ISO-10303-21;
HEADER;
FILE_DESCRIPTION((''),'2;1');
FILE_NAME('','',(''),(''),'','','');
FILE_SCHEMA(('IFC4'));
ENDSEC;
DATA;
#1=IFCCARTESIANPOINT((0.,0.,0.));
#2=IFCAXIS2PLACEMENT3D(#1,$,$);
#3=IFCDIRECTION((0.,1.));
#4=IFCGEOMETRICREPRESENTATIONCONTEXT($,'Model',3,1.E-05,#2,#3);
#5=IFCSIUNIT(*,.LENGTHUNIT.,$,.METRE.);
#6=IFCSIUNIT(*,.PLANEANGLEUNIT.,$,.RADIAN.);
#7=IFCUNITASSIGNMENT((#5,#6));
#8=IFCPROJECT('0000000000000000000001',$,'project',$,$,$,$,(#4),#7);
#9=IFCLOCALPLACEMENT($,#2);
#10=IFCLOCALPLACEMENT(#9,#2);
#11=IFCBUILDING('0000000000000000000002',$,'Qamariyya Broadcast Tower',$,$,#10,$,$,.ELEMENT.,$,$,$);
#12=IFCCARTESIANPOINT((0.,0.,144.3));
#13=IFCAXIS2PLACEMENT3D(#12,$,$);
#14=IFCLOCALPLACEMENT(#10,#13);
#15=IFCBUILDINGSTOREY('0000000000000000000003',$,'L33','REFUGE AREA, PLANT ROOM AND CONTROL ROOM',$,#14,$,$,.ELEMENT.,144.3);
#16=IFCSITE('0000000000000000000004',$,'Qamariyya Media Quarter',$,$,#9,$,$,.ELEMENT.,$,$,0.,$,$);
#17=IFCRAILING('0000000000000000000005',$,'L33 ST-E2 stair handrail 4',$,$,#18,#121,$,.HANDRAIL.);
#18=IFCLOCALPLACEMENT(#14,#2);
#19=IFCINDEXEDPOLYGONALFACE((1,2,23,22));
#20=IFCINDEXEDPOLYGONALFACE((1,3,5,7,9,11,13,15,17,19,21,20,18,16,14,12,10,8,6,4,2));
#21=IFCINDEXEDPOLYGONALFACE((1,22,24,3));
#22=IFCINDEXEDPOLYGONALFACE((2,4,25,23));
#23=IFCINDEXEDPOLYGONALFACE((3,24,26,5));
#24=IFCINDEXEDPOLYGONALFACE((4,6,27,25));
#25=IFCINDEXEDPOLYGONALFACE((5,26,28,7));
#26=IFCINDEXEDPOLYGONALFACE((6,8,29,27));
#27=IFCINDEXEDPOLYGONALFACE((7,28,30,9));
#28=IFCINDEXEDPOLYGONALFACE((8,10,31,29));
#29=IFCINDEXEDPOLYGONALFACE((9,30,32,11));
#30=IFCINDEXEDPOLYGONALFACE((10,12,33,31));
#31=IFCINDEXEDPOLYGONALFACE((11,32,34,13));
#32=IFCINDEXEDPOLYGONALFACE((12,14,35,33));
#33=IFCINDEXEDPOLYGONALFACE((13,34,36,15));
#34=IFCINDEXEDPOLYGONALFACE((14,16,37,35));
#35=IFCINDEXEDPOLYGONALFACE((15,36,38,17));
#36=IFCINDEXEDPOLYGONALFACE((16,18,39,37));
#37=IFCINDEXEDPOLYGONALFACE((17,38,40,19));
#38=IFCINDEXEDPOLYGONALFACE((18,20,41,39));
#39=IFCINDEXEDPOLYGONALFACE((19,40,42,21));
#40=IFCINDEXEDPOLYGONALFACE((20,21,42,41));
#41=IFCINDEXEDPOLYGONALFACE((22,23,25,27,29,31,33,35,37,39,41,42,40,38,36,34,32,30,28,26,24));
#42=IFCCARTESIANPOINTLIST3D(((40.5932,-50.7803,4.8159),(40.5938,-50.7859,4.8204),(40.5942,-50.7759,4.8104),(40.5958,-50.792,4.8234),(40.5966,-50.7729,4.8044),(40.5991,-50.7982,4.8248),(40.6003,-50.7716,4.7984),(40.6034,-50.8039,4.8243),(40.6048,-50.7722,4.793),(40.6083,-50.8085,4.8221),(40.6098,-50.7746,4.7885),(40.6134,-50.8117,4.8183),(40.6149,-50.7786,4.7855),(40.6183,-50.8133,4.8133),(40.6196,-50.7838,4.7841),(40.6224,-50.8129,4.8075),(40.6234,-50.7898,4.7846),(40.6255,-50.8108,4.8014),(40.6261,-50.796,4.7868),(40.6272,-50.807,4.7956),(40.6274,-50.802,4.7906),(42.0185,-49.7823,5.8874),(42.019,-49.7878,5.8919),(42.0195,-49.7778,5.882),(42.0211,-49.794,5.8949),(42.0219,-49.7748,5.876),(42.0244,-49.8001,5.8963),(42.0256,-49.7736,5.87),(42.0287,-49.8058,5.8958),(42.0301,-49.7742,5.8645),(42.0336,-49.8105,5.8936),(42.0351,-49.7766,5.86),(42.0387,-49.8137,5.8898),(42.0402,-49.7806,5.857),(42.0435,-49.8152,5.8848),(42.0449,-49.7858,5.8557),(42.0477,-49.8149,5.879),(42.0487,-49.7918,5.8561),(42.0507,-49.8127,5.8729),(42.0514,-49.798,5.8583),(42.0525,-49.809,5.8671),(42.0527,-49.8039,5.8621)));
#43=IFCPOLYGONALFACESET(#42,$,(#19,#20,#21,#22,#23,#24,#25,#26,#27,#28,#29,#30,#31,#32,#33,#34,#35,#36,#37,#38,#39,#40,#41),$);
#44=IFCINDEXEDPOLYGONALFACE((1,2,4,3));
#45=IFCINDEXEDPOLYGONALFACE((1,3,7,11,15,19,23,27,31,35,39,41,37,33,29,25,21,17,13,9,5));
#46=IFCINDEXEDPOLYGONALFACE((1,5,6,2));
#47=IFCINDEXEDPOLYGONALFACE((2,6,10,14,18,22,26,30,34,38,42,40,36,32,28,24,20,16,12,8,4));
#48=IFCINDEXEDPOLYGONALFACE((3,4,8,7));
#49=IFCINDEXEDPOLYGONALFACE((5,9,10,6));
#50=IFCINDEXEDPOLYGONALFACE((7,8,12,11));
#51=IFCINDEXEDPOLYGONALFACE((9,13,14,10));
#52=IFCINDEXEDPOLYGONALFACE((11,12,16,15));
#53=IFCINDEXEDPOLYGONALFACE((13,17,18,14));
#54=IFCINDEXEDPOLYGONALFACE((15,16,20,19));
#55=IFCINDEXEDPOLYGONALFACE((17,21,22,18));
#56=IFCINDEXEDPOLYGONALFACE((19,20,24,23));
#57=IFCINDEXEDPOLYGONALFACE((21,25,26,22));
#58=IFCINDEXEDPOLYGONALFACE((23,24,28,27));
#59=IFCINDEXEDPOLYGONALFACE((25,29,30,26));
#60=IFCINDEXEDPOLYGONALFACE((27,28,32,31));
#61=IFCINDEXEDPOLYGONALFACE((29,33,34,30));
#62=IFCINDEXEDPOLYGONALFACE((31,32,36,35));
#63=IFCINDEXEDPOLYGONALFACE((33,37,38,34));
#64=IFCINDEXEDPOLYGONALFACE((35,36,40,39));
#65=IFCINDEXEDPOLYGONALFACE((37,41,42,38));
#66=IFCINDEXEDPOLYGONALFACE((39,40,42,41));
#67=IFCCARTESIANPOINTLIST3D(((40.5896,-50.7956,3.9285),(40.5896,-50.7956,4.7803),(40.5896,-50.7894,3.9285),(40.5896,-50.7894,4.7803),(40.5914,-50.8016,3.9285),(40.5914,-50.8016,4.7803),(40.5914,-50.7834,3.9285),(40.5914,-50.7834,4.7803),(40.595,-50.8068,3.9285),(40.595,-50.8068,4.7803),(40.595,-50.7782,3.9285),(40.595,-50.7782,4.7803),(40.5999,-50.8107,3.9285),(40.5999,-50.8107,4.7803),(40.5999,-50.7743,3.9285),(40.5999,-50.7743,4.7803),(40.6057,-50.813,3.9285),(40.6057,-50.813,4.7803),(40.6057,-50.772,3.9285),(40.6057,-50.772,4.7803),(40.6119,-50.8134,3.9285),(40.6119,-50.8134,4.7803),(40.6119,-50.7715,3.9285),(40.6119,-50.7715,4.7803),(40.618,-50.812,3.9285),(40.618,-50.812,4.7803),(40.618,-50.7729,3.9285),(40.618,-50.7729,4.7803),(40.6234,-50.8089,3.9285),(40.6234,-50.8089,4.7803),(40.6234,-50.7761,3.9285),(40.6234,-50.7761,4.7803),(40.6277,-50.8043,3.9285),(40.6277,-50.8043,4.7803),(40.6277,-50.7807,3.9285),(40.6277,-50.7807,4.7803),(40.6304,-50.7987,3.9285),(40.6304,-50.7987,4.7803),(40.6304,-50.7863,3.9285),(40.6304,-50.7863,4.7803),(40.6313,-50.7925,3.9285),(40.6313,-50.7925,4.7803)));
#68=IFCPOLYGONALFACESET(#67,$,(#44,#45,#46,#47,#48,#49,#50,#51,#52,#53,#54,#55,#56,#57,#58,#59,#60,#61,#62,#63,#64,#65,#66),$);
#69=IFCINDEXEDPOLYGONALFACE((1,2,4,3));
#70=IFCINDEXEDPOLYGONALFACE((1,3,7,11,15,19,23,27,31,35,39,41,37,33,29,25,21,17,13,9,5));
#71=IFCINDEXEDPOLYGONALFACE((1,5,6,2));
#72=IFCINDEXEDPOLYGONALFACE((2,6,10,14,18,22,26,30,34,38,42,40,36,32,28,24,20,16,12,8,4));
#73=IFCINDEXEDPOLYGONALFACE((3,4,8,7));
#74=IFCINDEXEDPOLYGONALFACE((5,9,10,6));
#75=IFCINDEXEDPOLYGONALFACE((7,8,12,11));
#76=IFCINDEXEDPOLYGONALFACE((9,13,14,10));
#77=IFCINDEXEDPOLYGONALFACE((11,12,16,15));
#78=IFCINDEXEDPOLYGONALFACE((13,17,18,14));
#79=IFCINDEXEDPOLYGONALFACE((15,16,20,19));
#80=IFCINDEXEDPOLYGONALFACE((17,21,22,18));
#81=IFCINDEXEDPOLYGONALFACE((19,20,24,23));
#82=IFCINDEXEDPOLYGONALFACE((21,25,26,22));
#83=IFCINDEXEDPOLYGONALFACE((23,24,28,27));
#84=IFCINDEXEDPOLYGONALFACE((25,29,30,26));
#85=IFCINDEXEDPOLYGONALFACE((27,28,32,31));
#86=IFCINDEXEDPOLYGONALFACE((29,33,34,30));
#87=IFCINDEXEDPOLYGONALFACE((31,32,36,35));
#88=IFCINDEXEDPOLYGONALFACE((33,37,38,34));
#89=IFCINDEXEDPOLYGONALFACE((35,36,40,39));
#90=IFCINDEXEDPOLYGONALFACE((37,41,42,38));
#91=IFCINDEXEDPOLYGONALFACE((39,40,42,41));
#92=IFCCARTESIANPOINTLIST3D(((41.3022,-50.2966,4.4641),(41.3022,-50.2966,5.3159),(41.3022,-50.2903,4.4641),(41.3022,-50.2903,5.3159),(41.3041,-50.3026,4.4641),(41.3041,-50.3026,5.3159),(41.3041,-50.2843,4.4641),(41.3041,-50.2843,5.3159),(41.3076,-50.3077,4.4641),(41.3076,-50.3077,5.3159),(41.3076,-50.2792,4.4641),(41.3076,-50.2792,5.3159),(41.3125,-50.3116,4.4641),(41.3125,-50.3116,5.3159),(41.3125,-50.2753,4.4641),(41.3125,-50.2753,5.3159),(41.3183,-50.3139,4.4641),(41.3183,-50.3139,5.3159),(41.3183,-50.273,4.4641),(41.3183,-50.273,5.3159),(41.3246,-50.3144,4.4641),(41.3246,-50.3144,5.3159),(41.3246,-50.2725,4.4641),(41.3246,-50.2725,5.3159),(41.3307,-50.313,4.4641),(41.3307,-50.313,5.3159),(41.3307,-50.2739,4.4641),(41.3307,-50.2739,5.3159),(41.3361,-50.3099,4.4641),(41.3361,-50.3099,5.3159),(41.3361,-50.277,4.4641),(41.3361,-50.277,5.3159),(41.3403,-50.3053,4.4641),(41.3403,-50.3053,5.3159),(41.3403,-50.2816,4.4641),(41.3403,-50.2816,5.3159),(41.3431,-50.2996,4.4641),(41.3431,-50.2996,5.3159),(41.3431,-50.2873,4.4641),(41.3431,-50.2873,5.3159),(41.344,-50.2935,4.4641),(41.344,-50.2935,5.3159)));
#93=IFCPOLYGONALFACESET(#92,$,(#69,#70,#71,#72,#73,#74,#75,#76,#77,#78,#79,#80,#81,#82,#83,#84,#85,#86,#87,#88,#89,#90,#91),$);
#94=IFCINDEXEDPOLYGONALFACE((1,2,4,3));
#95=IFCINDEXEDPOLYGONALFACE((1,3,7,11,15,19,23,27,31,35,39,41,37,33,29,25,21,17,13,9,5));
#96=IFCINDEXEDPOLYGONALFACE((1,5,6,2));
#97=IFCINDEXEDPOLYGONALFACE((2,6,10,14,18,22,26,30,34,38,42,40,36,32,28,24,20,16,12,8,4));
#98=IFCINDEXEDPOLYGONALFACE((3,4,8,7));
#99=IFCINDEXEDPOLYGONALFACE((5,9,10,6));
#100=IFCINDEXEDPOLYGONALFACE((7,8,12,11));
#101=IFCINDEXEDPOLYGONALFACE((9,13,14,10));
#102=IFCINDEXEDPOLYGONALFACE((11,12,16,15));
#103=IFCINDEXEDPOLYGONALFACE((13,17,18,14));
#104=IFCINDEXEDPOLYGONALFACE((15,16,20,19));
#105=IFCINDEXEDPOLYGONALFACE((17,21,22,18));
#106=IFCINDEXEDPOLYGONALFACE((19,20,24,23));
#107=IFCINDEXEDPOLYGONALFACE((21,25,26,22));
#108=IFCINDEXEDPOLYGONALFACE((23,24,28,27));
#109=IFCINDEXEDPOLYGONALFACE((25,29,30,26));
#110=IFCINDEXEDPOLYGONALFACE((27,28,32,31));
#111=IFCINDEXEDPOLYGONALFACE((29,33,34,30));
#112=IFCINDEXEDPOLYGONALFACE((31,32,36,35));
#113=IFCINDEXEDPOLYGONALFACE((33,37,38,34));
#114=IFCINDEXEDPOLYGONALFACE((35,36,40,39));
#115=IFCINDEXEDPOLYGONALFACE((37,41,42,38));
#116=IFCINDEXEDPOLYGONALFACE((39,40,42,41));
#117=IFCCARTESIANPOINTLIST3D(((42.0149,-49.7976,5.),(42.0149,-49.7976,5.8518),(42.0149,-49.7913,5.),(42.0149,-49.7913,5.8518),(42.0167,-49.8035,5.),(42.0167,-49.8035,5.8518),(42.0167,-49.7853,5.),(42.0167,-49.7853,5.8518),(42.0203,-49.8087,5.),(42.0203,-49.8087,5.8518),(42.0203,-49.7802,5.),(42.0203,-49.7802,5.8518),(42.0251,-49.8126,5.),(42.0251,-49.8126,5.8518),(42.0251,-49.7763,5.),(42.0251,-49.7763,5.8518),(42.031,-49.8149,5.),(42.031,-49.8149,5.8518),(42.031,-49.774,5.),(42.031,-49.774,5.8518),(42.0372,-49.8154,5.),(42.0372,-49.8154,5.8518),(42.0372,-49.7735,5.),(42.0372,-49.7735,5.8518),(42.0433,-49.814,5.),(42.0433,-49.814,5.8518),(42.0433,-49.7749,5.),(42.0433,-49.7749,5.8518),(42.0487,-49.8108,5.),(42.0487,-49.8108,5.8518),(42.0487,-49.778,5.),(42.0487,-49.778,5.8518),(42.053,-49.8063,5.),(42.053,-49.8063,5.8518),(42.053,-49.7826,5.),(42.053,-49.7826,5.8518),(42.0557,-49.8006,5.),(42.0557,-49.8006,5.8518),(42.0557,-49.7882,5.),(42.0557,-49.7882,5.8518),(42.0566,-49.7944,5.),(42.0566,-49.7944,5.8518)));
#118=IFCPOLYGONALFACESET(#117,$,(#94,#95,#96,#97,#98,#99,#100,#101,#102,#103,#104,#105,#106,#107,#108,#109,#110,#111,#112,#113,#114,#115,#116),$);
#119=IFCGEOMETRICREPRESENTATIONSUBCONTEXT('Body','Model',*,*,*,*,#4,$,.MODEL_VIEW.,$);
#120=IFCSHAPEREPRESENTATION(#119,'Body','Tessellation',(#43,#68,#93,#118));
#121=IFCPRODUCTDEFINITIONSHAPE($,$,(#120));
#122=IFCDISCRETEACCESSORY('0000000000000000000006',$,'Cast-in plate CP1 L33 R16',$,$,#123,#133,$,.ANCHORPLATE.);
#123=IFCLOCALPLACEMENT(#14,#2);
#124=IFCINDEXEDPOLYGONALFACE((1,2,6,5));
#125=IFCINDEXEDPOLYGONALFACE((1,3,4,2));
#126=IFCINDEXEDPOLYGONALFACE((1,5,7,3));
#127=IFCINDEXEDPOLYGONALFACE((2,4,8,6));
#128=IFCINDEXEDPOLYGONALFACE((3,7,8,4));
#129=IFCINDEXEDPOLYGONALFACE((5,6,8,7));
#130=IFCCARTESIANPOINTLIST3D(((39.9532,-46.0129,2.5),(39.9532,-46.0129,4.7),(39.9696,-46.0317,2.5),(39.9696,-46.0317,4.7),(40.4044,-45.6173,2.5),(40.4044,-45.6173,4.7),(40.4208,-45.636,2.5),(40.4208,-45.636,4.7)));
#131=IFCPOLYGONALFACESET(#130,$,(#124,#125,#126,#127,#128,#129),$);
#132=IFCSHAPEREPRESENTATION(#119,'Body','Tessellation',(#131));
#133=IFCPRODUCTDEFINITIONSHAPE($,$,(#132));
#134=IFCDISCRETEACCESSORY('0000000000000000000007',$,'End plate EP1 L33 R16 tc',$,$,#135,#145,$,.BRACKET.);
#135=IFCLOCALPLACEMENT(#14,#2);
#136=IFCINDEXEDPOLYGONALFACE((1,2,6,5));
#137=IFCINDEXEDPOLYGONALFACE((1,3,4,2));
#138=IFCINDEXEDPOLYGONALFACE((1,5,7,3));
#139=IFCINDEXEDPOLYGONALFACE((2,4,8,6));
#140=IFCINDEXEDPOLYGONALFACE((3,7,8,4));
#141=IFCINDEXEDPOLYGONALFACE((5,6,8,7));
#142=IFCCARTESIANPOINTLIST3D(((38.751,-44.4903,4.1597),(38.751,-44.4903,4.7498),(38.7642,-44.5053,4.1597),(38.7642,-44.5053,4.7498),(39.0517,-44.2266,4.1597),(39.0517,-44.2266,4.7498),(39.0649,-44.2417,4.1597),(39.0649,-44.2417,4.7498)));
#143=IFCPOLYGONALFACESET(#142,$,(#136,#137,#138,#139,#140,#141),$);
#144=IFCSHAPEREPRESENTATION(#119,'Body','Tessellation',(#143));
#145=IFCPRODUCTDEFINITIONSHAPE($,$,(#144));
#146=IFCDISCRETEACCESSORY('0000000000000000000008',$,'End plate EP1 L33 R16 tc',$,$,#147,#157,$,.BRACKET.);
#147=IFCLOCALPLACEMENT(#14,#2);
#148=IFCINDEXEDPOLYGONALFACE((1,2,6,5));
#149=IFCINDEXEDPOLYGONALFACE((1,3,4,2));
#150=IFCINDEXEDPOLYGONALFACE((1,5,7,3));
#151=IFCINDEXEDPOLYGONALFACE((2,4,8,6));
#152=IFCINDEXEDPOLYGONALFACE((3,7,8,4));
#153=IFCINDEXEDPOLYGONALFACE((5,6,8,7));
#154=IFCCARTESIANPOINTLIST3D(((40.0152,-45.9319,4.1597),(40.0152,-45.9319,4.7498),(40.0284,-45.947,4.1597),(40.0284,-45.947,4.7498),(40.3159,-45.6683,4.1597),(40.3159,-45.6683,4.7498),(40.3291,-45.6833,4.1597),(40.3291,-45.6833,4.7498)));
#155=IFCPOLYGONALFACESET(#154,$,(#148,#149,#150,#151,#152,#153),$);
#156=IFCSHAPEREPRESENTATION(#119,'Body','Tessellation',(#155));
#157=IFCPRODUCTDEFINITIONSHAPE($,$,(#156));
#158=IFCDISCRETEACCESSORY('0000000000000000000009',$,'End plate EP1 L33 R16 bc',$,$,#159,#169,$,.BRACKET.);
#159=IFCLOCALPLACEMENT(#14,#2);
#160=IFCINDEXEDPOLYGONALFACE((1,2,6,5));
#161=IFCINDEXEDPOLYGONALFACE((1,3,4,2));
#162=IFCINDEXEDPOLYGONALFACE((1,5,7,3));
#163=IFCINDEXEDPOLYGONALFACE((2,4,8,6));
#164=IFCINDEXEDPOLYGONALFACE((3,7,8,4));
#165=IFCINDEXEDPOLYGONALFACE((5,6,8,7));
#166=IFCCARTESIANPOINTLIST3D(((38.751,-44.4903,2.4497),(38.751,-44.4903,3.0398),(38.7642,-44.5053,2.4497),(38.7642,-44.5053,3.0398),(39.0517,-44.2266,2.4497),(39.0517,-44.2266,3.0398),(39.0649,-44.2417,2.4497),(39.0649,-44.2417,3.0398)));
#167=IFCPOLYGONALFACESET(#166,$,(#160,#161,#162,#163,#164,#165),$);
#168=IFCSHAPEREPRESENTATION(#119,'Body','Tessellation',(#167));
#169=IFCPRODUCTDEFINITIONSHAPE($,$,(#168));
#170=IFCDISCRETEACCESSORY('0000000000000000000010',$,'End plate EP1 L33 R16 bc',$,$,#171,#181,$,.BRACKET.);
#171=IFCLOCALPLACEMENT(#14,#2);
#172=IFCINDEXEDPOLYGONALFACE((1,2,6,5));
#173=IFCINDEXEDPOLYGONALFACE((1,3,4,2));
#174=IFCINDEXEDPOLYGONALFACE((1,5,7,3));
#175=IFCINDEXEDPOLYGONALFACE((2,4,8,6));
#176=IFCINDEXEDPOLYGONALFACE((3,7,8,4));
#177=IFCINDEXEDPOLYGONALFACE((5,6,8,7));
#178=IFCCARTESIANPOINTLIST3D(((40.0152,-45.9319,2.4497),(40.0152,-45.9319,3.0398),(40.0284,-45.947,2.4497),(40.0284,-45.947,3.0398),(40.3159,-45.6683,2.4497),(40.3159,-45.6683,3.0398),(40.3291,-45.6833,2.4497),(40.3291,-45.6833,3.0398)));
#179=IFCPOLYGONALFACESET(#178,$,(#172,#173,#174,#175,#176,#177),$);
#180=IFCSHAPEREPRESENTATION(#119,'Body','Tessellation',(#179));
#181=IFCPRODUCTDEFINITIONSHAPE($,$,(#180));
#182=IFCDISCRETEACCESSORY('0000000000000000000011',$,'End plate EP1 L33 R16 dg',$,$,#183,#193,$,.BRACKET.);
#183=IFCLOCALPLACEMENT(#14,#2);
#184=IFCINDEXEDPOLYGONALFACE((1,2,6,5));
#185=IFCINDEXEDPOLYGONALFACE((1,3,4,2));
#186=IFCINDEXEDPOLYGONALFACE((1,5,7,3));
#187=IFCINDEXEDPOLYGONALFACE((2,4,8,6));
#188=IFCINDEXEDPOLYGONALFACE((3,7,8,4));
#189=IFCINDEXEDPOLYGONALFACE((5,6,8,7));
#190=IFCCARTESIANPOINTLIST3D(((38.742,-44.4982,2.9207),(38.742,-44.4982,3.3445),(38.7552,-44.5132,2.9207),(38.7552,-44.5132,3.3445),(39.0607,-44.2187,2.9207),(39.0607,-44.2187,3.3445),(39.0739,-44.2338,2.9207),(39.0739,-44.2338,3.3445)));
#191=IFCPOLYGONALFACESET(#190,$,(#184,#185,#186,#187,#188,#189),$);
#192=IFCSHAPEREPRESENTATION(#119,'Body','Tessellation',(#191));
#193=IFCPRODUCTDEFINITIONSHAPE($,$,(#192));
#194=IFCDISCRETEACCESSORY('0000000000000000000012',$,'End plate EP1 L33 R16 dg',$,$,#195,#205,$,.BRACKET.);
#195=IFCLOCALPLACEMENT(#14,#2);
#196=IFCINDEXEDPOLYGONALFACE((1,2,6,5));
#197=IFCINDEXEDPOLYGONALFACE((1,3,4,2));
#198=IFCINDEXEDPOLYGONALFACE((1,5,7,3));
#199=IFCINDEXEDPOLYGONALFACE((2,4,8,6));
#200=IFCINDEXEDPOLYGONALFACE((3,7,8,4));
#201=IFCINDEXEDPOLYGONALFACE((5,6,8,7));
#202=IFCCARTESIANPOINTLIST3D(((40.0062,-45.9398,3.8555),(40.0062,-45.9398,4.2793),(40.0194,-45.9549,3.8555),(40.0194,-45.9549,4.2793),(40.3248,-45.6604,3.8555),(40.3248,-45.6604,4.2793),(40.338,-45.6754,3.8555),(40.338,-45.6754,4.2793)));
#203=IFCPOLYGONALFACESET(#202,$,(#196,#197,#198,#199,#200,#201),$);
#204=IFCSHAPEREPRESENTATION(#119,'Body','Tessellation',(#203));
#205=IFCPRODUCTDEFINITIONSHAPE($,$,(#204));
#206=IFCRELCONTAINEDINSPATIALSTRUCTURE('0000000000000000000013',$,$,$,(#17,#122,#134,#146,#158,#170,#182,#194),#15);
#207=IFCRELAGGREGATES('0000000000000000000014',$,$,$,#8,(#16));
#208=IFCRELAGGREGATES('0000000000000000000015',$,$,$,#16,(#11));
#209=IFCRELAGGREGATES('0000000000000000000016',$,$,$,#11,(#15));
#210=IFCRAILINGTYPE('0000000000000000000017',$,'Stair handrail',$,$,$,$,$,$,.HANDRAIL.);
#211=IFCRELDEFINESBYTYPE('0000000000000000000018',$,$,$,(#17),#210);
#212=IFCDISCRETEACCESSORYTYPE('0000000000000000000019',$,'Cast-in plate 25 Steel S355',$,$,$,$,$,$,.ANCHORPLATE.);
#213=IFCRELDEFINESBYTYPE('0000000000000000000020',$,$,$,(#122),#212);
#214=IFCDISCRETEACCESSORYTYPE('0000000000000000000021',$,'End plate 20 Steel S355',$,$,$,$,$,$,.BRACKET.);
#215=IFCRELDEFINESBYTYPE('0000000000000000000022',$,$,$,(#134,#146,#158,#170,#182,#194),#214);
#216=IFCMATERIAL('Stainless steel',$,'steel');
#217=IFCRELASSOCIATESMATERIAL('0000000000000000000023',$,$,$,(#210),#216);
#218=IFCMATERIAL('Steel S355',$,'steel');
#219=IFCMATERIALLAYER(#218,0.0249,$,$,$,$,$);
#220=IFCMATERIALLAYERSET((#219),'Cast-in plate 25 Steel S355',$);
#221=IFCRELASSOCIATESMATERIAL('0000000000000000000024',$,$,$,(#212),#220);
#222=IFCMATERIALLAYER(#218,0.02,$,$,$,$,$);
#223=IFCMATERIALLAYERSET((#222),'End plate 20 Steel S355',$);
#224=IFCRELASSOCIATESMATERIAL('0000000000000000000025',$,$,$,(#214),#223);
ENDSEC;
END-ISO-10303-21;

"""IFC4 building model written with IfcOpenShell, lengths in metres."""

from ifc_helpers import new_model, si_unit, direction, frame, origin, origin_2d, place, context, subcontext, project, spatial, rectangle, circle, extrude, material, layer, layer_set, type_object, element, save


model = new_model("IFC4")

# Units and contexts
model_context = context("Model", 3, precision=1e-05, world=origin(), true_north=direction((0.0, 1.0)))
body_context = subcontext(model_context, "Body", "Model", "MODEL_VIEW")
ifc_project = project(units=[si_unit("LENGTHUNIT", "METRE"), si_unit("PLANEANGLEUNIT", "RADIAN")], contexts=[model_context])

# Site, building, storey
site_placement = place(None, origin())
site = spatial("IfcSite", under=ifc_project, at=site_placement, Name="Qamariyya Media Quarter", CompositionType="ELEMENT", RefElevation=0.0)
building_placement = place(site_placement, origin())
building = spatial("IfcBuilding", under=site, at=building_placement, Name="Qamariyya Broadcast Tower", CompositionType="ELEMENT")
storey_placement = place(building_placement, frame((0.0, 0.0, 144.3)))
storey = spatial("IfcBuildingStorey", under=building, at=storey_placement, Name="L33", Description="REFUGE AREA, PLANT ROOM AND CONTROL ROOM", CompositionType="ELEMENT", Elevation=144.3)

# Shared definitions
ifc_material_1 = material(Name="Steel S355", Category="steel")

# Railing
ifc_material_2 = material(Name="Stainless steel", Category="steel")
railing_type_1 = type_object("IfcRailingType", Name="Stair handrail", PredefinedType="HANDRAIL", material=ifc_material_2)
railing_1_placement = place(storey_placement, frame((40.6104, -50.7925, 3.9285)))
element("IfcRailing", 1, at=railing_1_placement, inside=storey, type_object=railing_type_1, Name="L33 ST-E2 stair handrail 4", PredefinedType="HANDRAIL", context=body_context, shape_type="SweptSolid", body=[
    extrude(circle(Radius=0.0239, at=origin_2d()), frame((0.0, 0.0, 0.876), z_axis=(0.697489, 0.48841, 0.524371), x_axis=(-0.573594, 0.81914, 0.0)), (0.0, 0.0, 1.0), 2.0435),
    extrude(circle(Radius=0.021, at=origin_2d()), origin(), (0.0, 0.0, 1.0), 0.8518),
    extrude(circle(Radius=0.021, at=origin_2d()), frame((0.7126, 0.499, 0.5356)), (0.0, 0.0, 1.0), 0.8518),
    extrude(circle(Radius=0.021, at=origin_2d()), frame((1.4253, 0.998, 1.0715)), (0.0, 0.0, 1.0), 0.8518),
])

# Discrete accessories
ifc_layer_1 = layer(ifc_material_1, 0.0249)
ifc_layer_set_1 = layer_set([ifc_layer_1], Name="Cast-in plate 25 Steel S355")
discrete_accessory_type_1 = type_object("IfcDiscreteAccessoryType", Name="Cast-in plate 25 Steel S355", PredefinedType="ANCHORPLATE", material=ifc_layer_set_1)
discrete_accessory_placement = place(storey_placement, frame((40.187, -45.8245, 2.5), z_axis=(0.0, 0.0, 1.0), x_axis=(-0.75184, -0.659346, 0.0)))
element("IfcDiscreteAccessory", 2, at=discrete_accessory_placement, inside=storey, type_object=discrete_accessory_type_1, Name="Cast-in plate CP1 L33 R16", PredefinedType="ANCHORPLATE", context=body_context, shape_type="SweptSolid", body=[
    extrude(rectangle(XDim=0.6001, YDim=0.0249, at=origin_2d()), origin(), (0.0, 0.0, 1.0), 2.2),
])
ifc_layer_2 = layer(ifc_material_1, 0.02)
ifc_layer_set_2 = layer_set([ifc_layer_2], Name="End plate 20 Steel S355")
discrete_accessory_type_2 = type_object("IfcDiscreteAccessoryType", Name="End plate 20 Steel S355", PredefinedType="BRACKET", material=ifc_layer_set_2)
for number, where, z_axis, x_axis, name in (
    (3, (38.908, -44.366, 4.1597), (0.0, 0.0, 1.0), (-0.75184, -0.659346, 0.0), "End plate EP1 L33 R16 tc"),
    (4, (40.1721, -45.8076, 4.1597), (0.0, 0.0, 1.0), (-0.75184, -0.659346, 0.0), "End plate EP1 L33 R16 tc"),
    (5, (38.908, -44.366, 2.4497), (0.0, 0.0, 1.0), (-0.75184, -0.659346, 0.0), "End plate EP1 L33 R16 bc"),
    (6, (40.1721, -45.8076, 2.4497), (0.0, 0.0, 1.0), (-0.75184, -0.659346, 0.0), "End plate EP1 L33 R16 bc"),
):
    element("IfcDiscreteAccessory", number, at=place(storey_placement, frame(where, z_axis=z_axis, x_axis=x_axis)), inside=storey, type_object=discrete_accessory_type_2, Name=name, PredefinedType="BRACKET", context=body_context, shape_type="SweptSolid", body=[
        extrude(rectangle(XDim=0.3999, YDim=0.02, at=origin_2d()), origin(), (0.0, 0.0, 1.0), 0.5901),
    ])
for number, where, z_axis, x_axis, name in (
    (7, (38.908, -44.366, 2.9207), (0.0, 0.0, 1.0), (-0.75184, -0.659346, 0.0), "End plate EP1 L33 R16 dg"),
    (8, (40.1721, -45.8076, 3.8555), (0.0, 0.0, 1.0), (-0.75184, -0.659346, 0.0), "End plate EP1 L33 R16 dg"),
):
    element("IfcDiscreteAccessory", number, at=place(storey_placement, frame(where, z_axis=z_axis, x_axis=x_axis)), inside=storey, type_object=discrete_accessory_type_2, Name=name, PredefinedType="BRACKET", context=body_context, shape_type="SweptSolid", body=[
        extrude(rectangle(XDim=0.4238, YDim=0.02, at=origin_2d()), origin(), (0.0, 0.0, 1.0), 0.4238),
    ])

save(model, "model.ifc")
